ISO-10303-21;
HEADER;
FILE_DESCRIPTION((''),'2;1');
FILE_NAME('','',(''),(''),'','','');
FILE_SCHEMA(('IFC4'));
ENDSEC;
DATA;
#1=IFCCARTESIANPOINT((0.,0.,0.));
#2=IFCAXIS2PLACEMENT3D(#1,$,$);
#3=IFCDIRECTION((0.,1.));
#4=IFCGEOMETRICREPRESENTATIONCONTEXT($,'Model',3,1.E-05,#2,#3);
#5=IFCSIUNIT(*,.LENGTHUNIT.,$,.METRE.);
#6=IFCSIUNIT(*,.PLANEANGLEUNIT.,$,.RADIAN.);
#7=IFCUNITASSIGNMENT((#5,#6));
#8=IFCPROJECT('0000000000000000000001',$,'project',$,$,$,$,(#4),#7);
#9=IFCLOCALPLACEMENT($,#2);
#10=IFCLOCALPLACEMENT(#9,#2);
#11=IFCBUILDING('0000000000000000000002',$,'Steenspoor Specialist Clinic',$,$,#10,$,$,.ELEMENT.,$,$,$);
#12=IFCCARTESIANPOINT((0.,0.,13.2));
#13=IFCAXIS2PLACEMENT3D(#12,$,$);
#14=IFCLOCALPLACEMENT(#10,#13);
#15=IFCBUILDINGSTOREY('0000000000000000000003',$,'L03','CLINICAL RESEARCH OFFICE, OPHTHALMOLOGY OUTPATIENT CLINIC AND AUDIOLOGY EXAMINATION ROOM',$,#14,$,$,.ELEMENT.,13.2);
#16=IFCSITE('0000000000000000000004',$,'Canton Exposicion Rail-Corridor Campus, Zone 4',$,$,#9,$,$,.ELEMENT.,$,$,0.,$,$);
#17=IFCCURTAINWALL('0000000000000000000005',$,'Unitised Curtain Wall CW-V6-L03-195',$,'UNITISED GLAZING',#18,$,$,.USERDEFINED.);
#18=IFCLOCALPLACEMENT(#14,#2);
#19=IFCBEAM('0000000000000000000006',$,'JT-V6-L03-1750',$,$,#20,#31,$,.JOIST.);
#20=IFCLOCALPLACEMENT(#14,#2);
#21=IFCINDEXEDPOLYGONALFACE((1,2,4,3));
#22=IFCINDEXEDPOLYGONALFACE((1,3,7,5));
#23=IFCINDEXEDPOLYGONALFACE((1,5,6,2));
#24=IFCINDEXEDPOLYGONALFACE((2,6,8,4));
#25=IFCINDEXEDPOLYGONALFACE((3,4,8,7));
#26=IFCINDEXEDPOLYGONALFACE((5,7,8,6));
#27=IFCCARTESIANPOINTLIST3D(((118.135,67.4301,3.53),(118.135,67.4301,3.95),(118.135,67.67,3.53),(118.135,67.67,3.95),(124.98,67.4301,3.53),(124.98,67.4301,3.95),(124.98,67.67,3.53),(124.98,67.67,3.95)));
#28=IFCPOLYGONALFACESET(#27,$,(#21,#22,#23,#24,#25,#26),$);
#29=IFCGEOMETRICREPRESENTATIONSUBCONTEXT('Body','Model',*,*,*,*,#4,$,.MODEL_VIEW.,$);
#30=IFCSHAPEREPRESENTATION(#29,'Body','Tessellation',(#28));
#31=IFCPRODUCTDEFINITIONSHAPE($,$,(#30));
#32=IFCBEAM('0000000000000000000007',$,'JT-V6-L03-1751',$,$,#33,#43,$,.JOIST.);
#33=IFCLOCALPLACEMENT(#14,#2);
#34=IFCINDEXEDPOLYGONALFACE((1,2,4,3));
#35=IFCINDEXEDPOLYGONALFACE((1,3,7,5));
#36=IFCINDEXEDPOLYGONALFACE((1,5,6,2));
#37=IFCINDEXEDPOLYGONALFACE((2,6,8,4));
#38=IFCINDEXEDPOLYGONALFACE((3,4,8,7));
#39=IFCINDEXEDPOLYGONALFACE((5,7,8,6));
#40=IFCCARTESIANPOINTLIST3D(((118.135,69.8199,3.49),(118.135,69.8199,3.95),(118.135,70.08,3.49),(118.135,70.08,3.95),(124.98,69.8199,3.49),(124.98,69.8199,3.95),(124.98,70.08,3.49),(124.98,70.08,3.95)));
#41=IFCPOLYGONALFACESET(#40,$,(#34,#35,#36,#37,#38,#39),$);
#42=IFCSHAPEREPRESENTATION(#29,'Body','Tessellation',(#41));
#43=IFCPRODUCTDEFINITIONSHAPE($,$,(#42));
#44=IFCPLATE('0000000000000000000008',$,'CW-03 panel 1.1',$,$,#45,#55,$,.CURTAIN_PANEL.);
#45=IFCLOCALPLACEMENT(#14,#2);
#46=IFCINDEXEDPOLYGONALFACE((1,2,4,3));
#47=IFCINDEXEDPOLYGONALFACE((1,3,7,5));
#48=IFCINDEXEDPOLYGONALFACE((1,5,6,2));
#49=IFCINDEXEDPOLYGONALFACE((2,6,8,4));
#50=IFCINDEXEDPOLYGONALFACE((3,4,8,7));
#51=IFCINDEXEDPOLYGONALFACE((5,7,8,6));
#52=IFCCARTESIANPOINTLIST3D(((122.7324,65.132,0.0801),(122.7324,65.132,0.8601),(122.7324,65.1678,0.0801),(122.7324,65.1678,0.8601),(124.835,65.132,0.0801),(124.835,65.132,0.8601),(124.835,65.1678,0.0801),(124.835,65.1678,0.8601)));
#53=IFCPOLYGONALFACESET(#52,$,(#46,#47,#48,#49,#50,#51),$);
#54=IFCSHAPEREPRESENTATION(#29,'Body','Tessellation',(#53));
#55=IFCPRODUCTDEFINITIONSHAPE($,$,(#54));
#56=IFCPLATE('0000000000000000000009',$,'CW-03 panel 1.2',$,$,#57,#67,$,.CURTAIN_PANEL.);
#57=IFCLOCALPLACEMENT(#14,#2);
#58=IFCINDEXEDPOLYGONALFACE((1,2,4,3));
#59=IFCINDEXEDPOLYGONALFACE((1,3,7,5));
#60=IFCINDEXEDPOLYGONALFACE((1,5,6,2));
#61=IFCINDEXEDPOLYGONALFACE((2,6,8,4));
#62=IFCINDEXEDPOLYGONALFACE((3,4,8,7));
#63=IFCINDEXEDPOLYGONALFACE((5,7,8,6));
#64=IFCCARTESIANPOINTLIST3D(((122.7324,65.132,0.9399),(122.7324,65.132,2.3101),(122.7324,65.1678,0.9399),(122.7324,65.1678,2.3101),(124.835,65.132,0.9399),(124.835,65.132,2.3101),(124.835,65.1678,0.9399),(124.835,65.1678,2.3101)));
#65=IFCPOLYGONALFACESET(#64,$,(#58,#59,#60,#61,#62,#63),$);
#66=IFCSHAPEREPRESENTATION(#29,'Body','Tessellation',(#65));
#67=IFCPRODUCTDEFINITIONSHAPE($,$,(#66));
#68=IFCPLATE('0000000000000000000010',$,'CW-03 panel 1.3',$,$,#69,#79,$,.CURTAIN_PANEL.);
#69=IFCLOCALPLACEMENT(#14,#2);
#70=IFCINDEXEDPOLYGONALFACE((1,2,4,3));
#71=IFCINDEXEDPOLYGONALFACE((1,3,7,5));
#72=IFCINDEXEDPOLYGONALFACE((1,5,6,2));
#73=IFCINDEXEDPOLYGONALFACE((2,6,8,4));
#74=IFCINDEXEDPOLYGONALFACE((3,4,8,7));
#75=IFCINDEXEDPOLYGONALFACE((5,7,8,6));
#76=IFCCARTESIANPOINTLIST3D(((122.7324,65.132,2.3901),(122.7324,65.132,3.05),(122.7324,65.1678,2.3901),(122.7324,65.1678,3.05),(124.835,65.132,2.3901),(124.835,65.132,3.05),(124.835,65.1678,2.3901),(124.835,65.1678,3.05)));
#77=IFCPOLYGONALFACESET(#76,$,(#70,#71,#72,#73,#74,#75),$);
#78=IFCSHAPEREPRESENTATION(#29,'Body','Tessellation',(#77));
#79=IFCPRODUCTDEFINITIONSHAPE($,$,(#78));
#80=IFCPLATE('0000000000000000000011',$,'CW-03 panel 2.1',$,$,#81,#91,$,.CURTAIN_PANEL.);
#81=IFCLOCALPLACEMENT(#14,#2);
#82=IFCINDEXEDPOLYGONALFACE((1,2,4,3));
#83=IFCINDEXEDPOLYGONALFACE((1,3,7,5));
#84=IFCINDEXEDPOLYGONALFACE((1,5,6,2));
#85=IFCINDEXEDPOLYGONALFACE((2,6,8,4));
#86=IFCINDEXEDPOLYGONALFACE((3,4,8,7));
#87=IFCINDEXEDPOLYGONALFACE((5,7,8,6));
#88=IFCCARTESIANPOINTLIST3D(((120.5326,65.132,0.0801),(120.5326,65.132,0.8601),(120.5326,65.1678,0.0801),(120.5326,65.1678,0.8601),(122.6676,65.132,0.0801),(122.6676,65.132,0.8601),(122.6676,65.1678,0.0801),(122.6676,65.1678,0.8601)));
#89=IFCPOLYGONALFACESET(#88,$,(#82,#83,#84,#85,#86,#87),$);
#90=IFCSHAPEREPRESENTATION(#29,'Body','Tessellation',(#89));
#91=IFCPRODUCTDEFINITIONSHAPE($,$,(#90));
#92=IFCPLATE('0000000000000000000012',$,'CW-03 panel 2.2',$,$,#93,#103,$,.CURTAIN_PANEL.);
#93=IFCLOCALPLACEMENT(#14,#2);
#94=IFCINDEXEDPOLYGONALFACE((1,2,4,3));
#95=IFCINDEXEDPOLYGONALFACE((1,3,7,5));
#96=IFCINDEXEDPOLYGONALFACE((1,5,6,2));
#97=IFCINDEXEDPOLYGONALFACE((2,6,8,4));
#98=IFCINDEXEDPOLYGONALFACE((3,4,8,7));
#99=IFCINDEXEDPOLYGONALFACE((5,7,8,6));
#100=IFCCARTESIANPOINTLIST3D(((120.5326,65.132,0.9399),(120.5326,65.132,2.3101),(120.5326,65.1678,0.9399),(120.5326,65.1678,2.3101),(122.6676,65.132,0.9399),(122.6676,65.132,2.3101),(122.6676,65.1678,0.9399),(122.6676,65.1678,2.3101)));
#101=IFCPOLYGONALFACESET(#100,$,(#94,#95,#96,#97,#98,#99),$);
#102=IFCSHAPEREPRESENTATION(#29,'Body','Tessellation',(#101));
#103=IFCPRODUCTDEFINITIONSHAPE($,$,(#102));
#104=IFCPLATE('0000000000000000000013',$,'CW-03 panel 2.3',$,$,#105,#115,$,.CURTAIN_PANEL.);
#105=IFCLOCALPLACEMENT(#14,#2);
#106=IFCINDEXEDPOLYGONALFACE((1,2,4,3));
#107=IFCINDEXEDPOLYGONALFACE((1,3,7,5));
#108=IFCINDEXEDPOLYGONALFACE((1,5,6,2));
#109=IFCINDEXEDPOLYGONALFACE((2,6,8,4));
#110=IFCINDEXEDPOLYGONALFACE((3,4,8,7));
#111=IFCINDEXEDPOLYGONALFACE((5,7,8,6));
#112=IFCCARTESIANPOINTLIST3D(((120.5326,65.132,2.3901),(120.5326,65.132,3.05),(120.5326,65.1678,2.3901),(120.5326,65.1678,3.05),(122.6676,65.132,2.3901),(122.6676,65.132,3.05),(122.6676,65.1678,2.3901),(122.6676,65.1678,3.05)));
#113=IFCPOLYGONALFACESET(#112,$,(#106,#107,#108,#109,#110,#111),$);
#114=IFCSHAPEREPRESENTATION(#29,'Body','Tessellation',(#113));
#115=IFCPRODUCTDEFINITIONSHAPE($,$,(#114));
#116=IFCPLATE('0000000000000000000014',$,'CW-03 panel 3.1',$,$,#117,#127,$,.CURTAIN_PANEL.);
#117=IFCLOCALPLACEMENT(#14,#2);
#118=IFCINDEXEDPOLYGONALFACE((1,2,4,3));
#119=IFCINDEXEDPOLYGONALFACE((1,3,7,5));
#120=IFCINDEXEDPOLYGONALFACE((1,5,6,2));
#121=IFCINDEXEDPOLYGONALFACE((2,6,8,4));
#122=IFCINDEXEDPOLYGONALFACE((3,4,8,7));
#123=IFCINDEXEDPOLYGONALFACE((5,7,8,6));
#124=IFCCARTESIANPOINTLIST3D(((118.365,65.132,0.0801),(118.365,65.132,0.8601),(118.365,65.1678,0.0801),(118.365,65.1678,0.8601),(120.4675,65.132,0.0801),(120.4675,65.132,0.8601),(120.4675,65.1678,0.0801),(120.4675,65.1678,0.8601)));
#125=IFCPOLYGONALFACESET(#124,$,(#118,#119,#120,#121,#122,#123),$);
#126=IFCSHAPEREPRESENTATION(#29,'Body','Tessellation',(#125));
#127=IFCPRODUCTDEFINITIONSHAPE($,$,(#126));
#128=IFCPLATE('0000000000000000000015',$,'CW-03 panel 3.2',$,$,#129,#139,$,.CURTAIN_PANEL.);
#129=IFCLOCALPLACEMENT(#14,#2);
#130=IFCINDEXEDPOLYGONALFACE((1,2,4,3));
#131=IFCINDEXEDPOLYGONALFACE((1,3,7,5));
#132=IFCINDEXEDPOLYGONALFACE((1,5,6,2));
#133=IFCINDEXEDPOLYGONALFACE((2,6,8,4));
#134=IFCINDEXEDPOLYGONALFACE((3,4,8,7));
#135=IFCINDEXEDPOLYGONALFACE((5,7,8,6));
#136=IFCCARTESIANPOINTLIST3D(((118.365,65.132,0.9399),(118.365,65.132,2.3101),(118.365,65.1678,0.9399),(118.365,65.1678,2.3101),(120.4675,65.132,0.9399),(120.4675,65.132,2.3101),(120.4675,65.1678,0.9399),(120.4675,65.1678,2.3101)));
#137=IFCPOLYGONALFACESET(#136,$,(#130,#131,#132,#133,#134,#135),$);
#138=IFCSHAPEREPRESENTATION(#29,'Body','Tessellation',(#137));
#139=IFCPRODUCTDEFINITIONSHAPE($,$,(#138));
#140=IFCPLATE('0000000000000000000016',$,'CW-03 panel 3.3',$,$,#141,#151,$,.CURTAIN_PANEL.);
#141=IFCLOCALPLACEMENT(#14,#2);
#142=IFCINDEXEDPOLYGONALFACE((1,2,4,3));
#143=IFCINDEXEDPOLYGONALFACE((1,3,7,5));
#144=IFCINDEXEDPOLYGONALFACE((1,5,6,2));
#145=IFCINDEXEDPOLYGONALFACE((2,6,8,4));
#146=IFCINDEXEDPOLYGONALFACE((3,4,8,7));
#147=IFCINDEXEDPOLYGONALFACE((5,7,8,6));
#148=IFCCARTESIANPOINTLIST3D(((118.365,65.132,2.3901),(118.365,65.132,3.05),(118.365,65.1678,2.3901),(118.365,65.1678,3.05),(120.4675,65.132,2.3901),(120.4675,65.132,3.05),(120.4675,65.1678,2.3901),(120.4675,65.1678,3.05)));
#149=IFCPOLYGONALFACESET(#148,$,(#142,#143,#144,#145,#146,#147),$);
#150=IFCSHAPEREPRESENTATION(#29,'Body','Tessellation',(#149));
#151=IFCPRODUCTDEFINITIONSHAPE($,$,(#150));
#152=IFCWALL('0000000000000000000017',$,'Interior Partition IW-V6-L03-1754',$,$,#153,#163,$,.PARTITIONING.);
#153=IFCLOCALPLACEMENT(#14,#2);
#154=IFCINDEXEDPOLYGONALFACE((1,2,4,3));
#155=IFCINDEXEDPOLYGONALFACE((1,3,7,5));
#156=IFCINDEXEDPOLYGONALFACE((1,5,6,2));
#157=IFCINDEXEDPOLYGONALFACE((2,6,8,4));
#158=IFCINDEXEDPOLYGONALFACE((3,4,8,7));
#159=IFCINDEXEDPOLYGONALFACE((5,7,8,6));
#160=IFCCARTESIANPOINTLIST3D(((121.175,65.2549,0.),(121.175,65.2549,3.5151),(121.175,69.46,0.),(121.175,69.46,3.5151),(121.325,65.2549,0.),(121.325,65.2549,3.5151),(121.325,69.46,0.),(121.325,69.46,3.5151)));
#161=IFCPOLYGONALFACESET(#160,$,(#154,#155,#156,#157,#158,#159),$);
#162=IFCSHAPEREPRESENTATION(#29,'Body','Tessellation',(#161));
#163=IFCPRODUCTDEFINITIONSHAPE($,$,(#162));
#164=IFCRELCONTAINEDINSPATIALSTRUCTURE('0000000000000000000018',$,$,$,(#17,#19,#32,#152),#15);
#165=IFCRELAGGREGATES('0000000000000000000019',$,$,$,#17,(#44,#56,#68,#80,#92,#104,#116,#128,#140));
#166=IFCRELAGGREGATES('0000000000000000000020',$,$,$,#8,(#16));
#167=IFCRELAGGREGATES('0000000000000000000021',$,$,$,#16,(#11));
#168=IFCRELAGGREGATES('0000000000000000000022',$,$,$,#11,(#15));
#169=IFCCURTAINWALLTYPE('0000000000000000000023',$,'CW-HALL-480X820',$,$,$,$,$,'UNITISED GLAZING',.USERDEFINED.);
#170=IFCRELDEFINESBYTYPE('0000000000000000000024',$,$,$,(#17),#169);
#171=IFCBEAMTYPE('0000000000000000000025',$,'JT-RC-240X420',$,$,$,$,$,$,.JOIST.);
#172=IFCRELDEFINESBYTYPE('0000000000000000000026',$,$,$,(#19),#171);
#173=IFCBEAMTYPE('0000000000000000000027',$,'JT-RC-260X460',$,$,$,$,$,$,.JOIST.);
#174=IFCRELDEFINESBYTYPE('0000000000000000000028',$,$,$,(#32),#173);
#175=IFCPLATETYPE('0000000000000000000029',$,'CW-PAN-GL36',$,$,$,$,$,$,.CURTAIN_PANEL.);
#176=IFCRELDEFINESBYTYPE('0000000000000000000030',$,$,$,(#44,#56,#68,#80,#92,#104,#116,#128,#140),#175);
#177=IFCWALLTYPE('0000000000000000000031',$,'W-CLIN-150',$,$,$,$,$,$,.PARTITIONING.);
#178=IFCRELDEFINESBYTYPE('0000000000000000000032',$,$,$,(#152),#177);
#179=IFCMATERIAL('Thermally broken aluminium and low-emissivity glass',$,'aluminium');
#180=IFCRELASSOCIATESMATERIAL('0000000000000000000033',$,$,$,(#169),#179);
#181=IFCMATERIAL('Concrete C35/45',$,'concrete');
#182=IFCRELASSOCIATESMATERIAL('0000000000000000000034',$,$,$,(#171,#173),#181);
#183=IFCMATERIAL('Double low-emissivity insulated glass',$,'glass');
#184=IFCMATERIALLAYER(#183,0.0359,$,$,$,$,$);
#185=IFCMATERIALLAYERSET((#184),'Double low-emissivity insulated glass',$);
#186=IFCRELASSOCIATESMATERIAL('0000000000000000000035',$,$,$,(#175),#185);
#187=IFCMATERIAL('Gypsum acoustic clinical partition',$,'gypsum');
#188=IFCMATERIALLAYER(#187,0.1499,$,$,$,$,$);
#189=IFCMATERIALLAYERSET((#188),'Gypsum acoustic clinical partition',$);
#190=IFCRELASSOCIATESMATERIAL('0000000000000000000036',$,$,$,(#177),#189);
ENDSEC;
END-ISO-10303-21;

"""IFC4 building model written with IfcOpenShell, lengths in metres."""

from ifc_helpers import new_model, si_unit, direction, frame, frame_2d, origin, origin_2d, place, context, subcontext, project, spatial, rectangle, extrude, material, layer, layer_set, material_profile, profile_set, type_object, element, aggregate, save


model = new_model("IFC4")

# Units and contexts
model_context = context("Model", 3, precision=1e-05, world=origin(), true_north=direction((0.0, 1.0)))
body_context = subcontext(model_context, "Body", "Model", "MODEL_VIEW")
ifc_project = project(units=[si_unit("LENGTHUNIT", "METRE"), si_unit("PLANEANGLEUNIT", "RADIAN")], contexts=[model_context])

# Site, building, storey
site_placement = place(None, origin())
site = spatial("IfcSite", under=ifc_project, at=site_placement, Name="Canton Exposicion Rail-Corridor Campus, Zone 4", CompositionType="ELEMENT", RefElevation=0.0)
building_placement = place(site_placement, origin())
building = spatial("IfcBuilding", under=site, at=building_placement, Name="Steenspoor Specialist Clinic", CompositionType="ELEMENT")
storey_placement = place(building_placement, frame((0.0, 0.0, 13.2)))
storey = spatial("IfcBuildingStorey", under=building, at=storey_placement, Name="L03", Description="CLINICAL RESEARCH OFFICE, OPHTHALMOLOGY OUTPATIENT CLINIC AND AUDIOLOGY EXAMINATION ROOM", CompositionType="ELEMENT", Elevation=13.2)

# Curtain wall
ifc_material_1 = material(Name="Thermally broken aluminium and low-emissivity glass", Category="aluminium")
curtain_wall_type = type_object("IfcCurtainWallType", Name="CW-HALL-480X820", ElementType="UNITISED GLAZING", PredefinedType="USERDEFINED", material=ifc_material_1)
curtain_wall_placement = place(storey_placement, origin())
curtain_wall = element("IfcCurtainWall", 1, at=curtain_wall_placement, inside=storey, type_object=curtain_wall_type, Name="Unitised Curtain Wall CW-V6-L03-195", ObjectType="UNITISED GLAZING", PredefinedType="USERDEFINED")

# Beams
ifc_material_2 = material(Name="Concrete C35/45", Category="concrete")
ifc_material_profile_1 = material_profile(ifc_material_2, rectangle(XDim=0.24, YDim=0.4199, at=origin_2d()), Name="RC-JT-240X420")
ifc_profile_set_1 = profile_set([ifc_material_profile_1], Name="Concrete C35/45")
beam_type_1 = type_object("IfcBeamType", Name="JT-RC-240X420", PredefinedType="JOIST", material=ifc_profile_set_1)
beam_1_placement = place(storey_placement, frame((118.135, 67.55, 3.74), z_axis=(1.0, 0.0, 0.0), x_axis=(0.0, 1.0, 0.0)))
element("IfcBeam", 2, at=beam_1_placement, inside=storey, type_object=beam_type_1, Name="JT-V6-L03-1750", PredefinedType="JOIST", context=body_context, shape_type="SweptSolid", body=[
    extrude(rectangle(XDim=0.24, YDim=0.4199, at=origin_2d()), origin(), (0.0, 0.0, 1.0), 6.845),
])
ifc_material_profile_2 = material_profile(ifc_material_2, rectangle(XDim=0.26, YDim=0.46, at=origin_2d()), Name="RC-JT-260X460")
ifc_profile_set_2 = profile_set([ifc_material_profile_2], Name="Concrete C35/45")
beam_type_2 = type_object("IfcBeamType", Name="JT-RC-260X460", PredefinedType="JOIST", material=ifc_profile_set_2)
beam_2_placement = place(storey_placement, frame((118.135, 69.95, 3.72), z_axis=(1.0, 0.0, 0.0), x_axis=(0.0, 1.0, 0.0)))
element("IfcBeam", 3, at=beam_2_placement, inside=storey, type_object=beam_type_2, Name="JT-V6-L03-1751", PredefinedType="JOIST", context=body_context, shape_type="SweptSolid", body=[
    extrude(rectangle(XDim=0.26, YDim=0.46, at=origin_2d()), origin(), (0.0, 0.0, 1.0), 6.845),
])

# Plates
ifc_material_3 = material(Name="Double low-emissivity insulated glass", Category="glass")
ifc_layer_1 = layer(ifc_material_3, 0.0359)
ifc_layer_set_1 = layer_set([ifc_layer_1], Name="Double low-emissivity insulated glass")
plate_type = type_object("IfcPlateType", Name="CW-PAN-GL36", PredefinedType="CURTAIN_PANEL", material=ifc_layer_set_1)
plate_1_placement = place(storey_placement, frame((123.7837, 65.1499, 0.0801), z_axis=(0.0, 0.0, 1.0), x_axis=(-1.0, 0.0, 0.0)))
plate_1 = element("IfcPlate", 4, at=plate_1_placement, type_object=plate_type, Name="CW-03 panel 1.1", PredefinedType="CURTAIN_PANEL", context=body_context, shape_type="SweptSolid", body=[
    extrude(rectangle(XDim=2.1025, YDim=0.0359, at=origin_2d()), origin(), (0.0, 0.0, 1.0), 0.78),
])
plate_2_placement = place(storey_placement, frame((123.7837, 65.1499, 0.9399), z_axis=(0.0, 0.0, 1.0), x_axis=(-1.0, 0.0, 0.0)))
plate_2 = element("IfcPlate", 5, at=plate_2_placement, type_object=plate_type, Name="CW-03 panel 1.2", PredefinedType="CURTAIN_PANEL", context=body_context, shape_type="SweptSolid", body=[
    extrude(rectangle(XDim=2.1025, YDim=0.0359, at=origin_2d()), origin(), (0.0, 0.0, 1.0), 1.3701),
])
plate_3_placement = place(storey_placement, frame((123.7837, 65.1499, 2.3901), z_axis=(0.0, 0.0, 1.0), x_axis=(-1.0, 0.0, 0.0)))
plate_3 = element("IfcPlate", 6, at=plate_3_placement, type_object=plate_type, Name="CW-03 panel 1.3", PredefinedType="CURTAIN_PANEL", context=body_context, shape_type="SweptSolid", body=[
    extrude(rectangle(XDim=2.1025, YDim=0.0359, at=origin_2d()), origin(), (0.0, 0.0, 1.0), 0.6599),
])
plate_4_placement = place(storey_placement, frame((121.6001, 65.1499, 0.0801), z_axis=(0.0, 0.0, 1.0), x_axis=(-1.0, 0.0, 0.0)))
plate_4 = element("IfcPlate", 7, at=plate_4_placement, type_object=plate_type, Name="CW-03 panel 2.1", PredefinedType="CURTAIN_PANEL", context=body_context, shape_type="SweptSolid", body=[
    extrude(rectangle(XDim=2.135, YDim=0.0359, at=origin_2d()), origin(), (0.0, 0.0, 1.0), 0.78),
])
plate_5_placement = place(storey_placement, frame((121.6001, 65.1499, 0.9399), z_axis=(0.0, 0.0, 1.0), x_axis=(-1.0, 0.0, 0.0)))
plate_5 = element("IfcPlate", 8, at=plate_5_placement, type_object=plate_type, Name="CW-03 panel 2.2", PredefinedType="CURTAIN_PANEL", context=body_context, shape_type="SweptSolid", body=[
    extrude(rectangle(XDim=2.135, YDim=0.0359, at=origin_2d()), origin(), (0.0, 0.0, 1.0), 1.3701),
])
plate_6_placement = place(storey_placement, frame((121.6001, 65.1499, 2.3901), z_axis=(0.0, 0.0, 1.0), x_axis=(-1.0, 0.0, 0.0)))
plate_6 = element("IfcPlate", 9, at=plate_6_placement, type_object=plate_type, Name="CW-03 panel 2.3", PredefinedType="CURTAIN_PANEL", context=body_context, shape_type="SweptSolid", body=[
    extrude(rectangle(XDim=2.135, YDim=0.0359, at=origin_2d()), origin(), (0.0, 0.0, 1.0), 0.6599),
])
plate_7_placement = place(storey_placement, frame((119.4163, 65.1499, 0.0801), z_axis=(0.0, 0.0, 1.0), x_axis=(-1.0, 0.0, 0.0)))
plate_7 = element("IfcPlate", 10, at=plate_7_placement, type_object=plate_type, Name="CW-03 panel 3.1", PredefinedType="CURTAIN_PANEL", context=body_context, shape_type="SweptSolid", body=[
    extrude(rectangle(XDim=2.1025, YDim=0.0359, at=origin_2d()), origin(), (0.0, 0.0, 1.0), 0.78),
])
plate_8_placement = place(storey_placement, frame((119.4163, 65.1499, 0.9399), z_axis=(0.0, 0.0, 1.0), x_axis=(-1.0, 0.0, 0.0)))
plate_8 = element("IfcPlate", 11, at=plate_8_placement, type_object=plate_type, Name="CW-03 panel 3.2", PredefinedType="CURTAIN_PANEL", context=body_context, shape_type="SweptSolid", body=[
    extrude(rectangle(XDim=2.1025, YDim=0.0359, at=origin_2d()), origin(), (0.0, 0.0, 1.0), 1.3701),
])
plate_9_placement = place(storey_placement, frame((119.4163, 65.1499, 2.3901), z_axis=(0.0, 0.0, 1.0), x_axis=(-1.0, 0.0, 0.0)))
plate_9 = element("IfcPlate", 12, at=plate_9_placement, type_object=plate_type, Name="CW-03 panel 3.3", PredefinedType="CURTAIN_PANEL", context=body_context, shape_type="SweptSolid", body=[
    extrude(rectangle(XDim=2.1025, YDim=0.0359, at=origin_2d()), origin(), (0.0, 0.0, 1.0), 0.6599),
])
aggregate(curtain_wall, [plate_1, plate_2, plate_3, plate_4, plate_5, plate_6, plate_7, plate_8, plate_9])

# Shared definitions
ifc_material_4 = material(Name="Gypsum acoustic clinical partition", Category="gypsum")
ifc_layer_2 = layer(ifc_material_4, 0.1499)
ifc_layer_set_2 = layer_set([ifc_layer_2], Name="Gypsum acoustic clinical partition")
wall_type_1 = type_object("IfcWallType", Name="W-CLIN-150", PredefinedType="PARTITIONING", material=ifc_layer_set_2)

# Wall
wall_1_placement = place(storey_placement, frame((121.25, 65.2549, 0.0), z_axis=(0.0, 0.0, 1.0), x_axis=(0.0, 1.0, 0.0)))
element("IfcWall", 13, at=wall_1_placement, inside=storey, type_object=wall_type_1, Name="Interior Partition IW-V6-L03-1754", PredefinedType="PARTITIONING", context=body_context, shape_type="SweptSolid", body=[
    extrude(rectangle(XDim=4.2051, YDim=0.1499, at=frame_2d((2.1025, 0.0))), origin(), (0.0, 0.0, 1.0), 3.5151),
])

save(model, "model.ifc")
